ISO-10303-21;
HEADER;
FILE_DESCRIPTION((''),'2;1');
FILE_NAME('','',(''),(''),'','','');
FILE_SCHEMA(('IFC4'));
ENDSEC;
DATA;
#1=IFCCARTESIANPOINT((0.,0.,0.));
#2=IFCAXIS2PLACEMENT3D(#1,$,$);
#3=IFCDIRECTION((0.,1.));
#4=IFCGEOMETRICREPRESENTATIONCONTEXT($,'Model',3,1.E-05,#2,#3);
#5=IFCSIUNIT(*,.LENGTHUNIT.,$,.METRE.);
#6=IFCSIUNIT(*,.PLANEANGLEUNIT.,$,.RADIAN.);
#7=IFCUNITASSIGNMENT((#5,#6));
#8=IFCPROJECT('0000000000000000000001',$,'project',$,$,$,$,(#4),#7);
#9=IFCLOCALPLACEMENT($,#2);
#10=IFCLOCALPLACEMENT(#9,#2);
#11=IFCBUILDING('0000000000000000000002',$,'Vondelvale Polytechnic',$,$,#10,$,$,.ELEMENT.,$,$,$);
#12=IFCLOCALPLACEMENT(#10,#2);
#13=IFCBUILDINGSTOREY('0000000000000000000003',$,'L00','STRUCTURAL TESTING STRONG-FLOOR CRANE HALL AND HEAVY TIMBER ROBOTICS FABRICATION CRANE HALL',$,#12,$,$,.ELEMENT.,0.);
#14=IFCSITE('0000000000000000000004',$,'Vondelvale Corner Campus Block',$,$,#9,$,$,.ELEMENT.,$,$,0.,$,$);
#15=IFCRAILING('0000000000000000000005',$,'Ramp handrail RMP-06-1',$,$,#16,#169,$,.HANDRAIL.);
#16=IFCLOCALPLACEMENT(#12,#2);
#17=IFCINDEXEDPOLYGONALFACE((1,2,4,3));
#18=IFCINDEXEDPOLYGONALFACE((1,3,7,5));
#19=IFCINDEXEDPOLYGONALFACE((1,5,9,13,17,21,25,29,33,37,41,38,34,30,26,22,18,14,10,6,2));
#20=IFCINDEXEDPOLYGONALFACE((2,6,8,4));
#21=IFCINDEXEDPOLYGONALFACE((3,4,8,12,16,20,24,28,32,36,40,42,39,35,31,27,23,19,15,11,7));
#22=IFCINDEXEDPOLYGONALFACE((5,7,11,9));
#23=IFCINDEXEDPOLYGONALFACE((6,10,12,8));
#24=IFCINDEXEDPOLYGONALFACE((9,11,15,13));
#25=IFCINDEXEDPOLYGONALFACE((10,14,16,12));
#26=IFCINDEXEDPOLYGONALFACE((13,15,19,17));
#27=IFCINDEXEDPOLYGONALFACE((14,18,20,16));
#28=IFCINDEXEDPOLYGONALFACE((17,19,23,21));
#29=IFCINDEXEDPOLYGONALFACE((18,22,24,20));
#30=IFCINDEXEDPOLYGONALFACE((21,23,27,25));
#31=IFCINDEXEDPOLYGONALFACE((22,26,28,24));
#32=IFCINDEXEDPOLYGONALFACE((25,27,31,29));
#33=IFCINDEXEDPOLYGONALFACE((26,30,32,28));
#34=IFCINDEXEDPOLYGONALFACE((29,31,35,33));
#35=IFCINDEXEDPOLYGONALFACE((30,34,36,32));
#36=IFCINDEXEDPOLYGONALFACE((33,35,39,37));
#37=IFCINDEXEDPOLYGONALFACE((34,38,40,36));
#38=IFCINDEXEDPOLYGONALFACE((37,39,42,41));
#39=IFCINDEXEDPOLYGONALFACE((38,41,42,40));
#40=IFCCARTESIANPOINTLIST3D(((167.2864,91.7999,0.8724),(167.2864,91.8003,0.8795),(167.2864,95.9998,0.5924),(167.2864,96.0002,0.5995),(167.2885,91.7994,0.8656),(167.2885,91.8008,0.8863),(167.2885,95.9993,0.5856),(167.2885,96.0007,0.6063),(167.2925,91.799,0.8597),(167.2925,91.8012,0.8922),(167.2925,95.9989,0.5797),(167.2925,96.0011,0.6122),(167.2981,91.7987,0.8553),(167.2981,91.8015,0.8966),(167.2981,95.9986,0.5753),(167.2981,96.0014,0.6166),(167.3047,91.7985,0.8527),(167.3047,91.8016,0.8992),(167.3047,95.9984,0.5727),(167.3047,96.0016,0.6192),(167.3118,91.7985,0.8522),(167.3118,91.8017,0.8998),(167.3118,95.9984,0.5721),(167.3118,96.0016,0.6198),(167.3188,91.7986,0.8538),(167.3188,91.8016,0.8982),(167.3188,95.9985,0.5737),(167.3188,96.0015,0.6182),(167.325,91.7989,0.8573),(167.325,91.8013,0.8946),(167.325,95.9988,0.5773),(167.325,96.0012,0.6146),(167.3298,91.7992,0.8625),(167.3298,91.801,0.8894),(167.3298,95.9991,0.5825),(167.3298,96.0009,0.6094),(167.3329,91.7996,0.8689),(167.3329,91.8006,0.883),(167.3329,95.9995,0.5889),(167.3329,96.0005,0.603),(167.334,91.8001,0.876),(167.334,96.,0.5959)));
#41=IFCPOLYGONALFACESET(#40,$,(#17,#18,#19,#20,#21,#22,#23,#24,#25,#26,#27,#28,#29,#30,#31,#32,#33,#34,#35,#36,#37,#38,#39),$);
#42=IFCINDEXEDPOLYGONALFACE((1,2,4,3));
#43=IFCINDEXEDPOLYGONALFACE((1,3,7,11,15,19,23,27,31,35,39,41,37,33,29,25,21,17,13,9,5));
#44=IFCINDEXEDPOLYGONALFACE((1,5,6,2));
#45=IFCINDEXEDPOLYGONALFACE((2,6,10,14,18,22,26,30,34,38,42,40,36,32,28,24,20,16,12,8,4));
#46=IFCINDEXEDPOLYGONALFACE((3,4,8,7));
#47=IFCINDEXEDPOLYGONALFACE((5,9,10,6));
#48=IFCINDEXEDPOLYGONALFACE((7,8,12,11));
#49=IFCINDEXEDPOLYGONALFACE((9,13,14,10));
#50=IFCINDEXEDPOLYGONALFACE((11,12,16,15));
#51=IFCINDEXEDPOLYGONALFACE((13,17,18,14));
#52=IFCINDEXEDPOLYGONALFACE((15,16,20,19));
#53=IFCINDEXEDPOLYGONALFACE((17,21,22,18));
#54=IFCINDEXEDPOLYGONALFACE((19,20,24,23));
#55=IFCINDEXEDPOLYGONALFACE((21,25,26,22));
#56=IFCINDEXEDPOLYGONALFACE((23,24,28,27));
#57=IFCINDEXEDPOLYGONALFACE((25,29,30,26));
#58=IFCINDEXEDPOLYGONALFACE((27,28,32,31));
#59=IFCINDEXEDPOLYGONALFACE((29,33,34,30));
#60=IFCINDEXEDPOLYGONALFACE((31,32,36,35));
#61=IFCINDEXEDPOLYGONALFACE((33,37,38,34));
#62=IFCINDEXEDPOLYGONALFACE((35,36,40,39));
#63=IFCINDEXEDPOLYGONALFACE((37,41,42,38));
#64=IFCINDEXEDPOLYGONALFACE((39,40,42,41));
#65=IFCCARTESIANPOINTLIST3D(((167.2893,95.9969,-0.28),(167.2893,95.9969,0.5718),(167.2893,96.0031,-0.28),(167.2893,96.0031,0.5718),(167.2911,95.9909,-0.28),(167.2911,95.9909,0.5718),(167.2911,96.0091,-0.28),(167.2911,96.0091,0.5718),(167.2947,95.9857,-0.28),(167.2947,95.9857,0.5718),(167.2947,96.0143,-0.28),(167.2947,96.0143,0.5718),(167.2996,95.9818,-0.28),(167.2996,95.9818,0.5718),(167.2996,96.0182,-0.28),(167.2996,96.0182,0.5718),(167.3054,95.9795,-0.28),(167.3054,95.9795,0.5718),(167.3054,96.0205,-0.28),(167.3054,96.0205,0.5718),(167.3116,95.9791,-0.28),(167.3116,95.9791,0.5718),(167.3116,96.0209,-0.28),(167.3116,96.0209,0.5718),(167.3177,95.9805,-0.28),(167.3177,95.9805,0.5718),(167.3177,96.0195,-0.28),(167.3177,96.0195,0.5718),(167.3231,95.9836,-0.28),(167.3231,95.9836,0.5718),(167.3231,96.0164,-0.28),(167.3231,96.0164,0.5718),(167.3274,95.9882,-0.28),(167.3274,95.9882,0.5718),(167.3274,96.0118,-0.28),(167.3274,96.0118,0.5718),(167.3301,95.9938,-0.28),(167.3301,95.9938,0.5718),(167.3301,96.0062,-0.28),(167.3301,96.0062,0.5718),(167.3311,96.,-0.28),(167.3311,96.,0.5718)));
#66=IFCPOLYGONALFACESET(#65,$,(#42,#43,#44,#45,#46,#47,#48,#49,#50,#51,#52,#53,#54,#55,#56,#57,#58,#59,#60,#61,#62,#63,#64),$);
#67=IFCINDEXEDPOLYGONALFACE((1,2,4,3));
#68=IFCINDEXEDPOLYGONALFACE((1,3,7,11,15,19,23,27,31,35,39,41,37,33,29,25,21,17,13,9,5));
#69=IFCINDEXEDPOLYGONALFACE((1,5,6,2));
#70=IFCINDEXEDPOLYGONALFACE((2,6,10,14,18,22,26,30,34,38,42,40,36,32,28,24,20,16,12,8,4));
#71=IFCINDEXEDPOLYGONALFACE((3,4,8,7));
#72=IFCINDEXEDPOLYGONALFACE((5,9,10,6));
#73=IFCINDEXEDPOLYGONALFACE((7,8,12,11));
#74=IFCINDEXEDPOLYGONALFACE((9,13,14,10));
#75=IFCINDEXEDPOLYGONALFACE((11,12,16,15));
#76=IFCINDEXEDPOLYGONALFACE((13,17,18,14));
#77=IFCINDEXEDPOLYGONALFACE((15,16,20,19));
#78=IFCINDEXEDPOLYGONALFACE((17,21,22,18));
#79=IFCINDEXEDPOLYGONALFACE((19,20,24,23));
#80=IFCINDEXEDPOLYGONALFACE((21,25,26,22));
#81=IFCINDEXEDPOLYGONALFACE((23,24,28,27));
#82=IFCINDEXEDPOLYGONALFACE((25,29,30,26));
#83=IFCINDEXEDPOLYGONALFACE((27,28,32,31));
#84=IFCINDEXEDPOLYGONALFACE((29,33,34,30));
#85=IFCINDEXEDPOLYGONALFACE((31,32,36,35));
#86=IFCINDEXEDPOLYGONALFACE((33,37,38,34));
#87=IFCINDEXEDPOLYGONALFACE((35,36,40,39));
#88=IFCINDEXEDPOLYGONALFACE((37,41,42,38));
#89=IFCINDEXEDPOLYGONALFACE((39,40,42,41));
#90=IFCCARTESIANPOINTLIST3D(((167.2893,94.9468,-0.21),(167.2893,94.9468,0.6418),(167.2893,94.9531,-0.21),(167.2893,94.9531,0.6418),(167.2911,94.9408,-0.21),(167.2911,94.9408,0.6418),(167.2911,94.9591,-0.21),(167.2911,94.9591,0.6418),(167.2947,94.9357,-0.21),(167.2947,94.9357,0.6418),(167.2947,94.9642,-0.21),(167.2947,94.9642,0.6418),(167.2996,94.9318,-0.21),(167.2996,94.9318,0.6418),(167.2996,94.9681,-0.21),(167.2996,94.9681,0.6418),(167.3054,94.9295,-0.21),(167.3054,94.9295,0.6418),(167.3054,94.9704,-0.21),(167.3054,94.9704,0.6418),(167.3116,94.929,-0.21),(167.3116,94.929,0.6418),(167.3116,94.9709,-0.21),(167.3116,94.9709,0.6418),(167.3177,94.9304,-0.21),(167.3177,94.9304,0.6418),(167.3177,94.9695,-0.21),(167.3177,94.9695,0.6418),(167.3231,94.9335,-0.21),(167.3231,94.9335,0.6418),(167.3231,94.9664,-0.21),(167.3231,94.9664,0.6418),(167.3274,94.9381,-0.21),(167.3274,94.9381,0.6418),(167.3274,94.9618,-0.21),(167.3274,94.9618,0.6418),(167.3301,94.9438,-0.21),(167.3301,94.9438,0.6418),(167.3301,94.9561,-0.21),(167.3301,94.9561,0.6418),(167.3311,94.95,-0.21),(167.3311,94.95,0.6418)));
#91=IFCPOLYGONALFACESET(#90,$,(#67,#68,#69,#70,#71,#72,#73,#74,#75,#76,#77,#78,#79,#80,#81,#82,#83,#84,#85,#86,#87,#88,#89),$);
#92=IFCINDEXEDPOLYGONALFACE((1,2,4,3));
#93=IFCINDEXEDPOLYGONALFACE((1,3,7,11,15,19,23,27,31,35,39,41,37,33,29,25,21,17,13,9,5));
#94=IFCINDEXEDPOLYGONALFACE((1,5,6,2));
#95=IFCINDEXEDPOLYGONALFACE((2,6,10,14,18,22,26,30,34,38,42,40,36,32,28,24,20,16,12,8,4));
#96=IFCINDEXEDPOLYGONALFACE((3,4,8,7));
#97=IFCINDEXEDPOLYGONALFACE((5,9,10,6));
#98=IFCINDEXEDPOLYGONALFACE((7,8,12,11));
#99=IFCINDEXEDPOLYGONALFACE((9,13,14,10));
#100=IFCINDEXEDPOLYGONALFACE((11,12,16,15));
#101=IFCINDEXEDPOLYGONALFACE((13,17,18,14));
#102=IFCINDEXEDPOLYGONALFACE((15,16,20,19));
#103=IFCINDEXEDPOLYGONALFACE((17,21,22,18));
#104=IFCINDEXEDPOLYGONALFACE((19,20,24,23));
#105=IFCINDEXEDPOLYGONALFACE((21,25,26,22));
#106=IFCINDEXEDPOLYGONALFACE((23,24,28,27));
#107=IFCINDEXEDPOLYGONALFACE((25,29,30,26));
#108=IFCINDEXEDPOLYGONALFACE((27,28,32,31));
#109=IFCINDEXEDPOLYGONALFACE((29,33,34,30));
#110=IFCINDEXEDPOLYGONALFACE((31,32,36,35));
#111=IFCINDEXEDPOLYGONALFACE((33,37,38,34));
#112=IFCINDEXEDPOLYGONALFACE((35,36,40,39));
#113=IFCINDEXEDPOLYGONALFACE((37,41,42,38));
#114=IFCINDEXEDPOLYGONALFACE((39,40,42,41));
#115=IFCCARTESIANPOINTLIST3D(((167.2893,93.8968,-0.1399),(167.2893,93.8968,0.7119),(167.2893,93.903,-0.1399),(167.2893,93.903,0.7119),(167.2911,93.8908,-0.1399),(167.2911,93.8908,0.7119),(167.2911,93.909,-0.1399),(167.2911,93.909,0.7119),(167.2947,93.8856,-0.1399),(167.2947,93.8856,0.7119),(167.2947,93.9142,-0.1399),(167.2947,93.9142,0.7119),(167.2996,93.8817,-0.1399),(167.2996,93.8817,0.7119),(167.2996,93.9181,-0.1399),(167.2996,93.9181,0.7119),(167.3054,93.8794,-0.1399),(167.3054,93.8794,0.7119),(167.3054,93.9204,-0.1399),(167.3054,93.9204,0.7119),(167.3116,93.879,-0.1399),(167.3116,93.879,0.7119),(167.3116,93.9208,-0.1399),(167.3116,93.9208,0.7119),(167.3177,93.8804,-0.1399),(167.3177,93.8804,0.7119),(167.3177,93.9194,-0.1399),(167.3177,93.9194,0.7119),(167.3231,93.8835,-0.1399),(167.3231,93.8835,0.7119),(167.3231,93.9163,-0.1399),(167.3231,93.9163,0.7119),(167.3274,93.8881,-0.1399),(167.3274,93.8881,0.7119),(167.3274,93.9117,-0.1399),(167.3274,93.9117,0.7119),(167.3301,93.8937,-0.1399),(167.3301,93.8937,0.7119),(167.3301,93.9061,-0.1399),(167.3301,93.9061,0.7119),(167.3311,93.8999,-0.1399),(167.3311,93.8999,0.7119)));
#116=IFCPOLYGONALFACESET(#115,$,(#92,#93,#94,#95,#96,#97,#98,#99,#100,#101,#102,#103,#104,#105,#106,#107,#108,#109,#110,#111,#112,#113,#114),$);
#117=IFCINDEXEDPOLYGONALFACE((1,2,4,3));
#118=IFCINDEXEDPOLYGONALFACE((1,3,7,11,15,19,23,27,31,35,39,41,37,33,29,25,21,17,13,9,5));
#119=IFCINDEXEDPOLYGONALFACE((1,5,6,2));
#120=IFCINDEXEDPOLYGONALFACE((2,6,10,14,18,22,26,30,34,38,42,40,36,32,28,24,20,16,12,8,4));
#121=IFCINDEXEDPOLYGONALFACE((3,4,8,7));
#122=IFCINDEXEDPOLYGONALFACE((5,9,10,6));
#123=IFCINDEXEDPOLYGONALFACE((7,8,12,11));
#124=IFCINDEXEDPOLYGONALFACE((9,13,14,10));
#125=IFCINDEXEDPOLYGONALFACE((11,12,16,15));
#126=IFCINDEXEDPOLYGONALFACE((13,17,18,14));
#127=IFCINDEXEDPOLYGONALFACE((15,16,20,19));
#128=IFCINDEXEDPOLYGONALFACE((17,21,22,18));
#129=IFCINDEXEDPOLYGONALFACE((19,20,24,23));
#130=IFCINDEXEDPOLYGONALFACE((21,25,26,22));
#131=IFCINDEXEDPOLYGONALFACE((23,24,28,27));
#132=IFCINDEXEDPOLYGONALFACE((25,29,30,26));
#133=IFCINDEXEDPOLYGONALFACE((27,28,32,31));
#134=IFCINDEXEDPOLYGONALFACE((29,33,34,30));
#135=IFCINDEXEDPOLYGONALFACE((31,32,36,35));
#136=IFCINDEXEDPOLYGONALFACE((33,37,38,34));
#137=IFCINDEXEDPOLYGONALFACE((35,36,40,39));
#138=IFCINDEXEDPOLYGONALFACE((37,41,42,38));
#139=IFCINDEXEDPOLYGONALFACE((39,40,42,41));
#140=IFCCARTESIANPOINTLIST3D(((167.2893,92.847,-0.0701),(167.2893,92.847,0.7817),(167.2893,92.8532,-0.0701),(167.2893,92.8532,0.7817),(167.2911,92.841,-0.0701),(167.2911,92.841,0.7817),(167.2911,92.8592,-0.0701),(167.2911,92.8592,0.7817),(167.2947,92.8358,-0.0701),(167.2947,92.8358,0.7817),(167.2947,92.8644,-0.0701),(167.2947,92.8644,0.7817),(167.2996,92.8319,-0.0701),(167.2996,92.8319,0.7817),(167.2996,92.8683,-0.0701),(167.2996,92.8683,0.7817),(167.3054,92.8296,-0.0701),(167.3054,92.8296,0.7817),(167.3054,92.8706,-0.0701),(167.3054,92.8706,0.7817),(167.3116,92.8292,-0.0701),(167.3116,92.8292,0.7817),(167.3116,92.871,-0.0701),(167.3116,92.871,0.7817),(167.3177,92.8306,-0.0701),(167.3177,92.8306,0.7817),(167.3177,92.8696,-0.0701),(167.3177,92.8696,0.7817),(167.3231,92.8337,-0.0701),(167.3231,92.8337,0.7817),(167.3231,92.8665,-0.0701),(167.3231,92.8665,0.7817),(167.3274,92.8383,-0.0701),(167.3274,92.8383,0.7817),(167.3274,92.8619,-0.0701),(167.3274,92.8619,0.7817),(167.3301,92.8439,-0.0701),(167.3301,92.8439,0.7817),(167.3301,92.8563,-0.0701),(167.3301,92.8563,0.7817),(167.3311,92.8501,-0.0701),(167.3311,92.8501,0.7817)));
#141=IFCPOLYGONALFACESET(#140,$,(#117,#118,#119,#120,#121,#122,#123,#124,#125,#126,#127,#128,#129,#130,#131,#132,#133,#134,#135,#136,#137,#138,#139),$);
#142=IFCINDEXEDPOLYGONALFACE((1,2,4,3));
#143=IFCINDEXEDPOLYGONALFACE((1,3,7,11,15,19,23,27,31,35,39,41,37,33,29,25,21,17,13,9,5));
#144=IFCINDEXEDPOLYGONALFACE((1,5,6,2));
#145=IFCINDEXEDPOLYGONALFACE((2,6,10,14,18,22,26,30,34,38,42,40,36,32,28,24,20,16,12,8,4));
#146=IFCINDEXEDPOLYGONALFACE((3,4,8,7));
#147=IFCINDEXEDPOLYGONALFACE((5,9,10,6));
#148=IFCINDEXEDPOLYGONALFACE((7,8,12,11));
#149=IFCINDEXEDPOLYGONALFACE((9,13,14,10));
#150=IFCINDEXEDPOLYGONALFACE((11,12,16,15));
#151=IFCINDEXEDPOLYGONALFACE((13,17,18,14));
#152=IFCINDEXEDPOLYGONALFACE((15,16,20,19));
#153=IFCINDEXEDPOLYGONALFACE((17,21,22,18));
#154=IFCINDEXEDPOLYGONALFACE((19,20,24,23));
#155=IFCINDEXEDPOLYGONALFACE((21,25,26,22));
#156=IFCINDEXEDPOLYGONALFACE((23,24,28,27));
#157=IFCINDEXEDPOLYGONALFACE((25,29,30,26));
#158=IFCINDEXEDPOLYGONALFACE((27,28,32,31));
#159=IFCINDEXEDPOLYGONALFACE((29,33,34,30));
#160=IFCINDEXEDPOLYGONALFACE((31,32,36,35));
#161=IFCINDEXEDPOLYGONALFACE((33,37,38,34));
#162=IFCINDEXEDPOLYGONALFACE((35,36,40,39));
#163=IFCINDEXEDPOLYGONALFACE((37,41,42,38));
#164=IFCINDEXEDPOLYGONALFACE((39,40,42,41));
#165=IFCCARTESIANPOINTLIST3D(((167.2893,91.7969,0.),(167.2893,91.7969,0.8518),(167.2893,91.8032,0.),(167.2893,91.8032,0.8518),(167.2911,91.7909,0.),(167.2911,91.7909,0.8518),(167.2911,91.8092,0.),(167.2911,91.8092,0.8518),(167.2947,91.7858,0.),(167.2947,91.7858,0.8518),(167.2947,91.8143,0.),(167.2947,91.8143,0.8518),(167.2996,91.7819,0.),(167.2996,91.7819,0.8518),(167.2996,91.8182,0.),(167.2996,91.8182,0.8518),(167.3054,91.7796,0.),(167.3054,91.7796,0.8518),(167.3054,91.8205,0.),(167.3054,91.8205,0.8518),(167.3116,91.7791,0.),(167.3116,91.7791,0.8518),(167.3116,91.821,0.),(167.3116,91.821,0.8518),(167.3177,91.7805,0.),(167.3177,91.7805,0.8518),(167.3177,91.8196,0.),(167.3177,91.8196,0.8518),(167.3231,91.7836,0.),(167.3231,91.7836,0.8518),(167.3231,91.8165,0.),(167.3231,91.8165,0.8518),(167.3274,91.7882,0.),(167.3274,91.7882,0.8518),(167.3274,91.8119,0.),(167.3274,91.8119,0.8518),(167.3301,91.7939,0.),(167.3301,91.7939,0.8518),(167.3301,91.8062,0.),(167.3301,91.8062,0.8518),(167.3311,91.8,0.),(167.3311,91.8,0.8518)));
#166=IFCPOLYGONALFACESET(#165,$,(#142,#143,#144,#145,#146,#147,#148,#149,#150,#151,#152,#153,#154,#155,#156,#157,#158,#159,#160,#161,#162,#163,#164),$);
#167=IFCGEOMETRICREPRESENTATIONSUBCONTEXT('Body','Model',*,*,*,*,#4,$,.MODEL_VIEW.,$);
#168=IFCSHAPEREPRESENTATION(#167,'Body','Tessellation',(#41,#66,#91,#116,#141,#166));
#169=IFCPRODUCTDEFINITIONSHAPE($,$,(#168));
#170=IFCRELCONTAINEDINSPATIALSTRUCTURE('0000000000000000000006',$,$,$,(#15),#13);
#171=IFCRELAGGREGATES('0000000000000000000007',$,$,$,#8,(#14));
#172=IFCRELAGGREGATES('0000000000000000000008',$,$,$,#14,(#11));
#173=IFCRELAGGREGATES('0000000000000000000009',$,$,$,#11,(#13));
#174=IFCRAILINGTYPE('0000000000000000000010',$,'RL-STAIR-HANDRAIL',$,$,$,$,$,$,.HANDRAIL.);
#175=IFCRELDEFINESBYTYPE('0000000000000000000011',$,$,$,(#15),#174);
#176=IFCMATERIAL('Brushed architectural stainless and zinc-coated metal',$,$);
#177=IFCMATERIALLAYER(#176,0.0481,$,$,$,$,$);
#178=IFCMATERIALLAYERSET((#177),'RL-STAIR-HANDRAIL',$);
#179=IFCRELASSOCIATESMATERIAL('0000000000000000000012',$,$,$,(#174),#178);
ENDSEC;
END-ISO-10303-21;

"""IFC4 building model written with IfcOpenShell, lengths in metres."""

from ifc_helpers import new_model, si_unit, direction, frame, origin, origin_2d, place, context, subcontext, project, spatial, circle, extrude, material, layer, layer_set, type_object, element, save


model = new_model("IFC4")

# Units and contexts
model_context = context("Model", 3, precision=1e-05, world=origin(), true_north=direction((0.0, 1.0)))
body_context = subcontext(model_context, "Body", "Model", "MODEL_VIEW")
ifc_project = project(units=[si_unit("LENGTHUNIT", "METRE"), si_unit("PLANEANGLEUNIT", "RADIAN")], contexts=[model_context])

# Site, building, storey
site_placement = place(None, origin())
site = spatial("IfcSite", under=ifc_project, at=site_placement, Name="Vondelvale Corner Campus Block", CompositionType="ELEMENT", RefElevation=0.0)
building_placement = place(site_placement, origin())
building = spatial("IfcBuilding", under=site, at=building_placement, Name="Vondelvale Polytechnic", CompositionType="ELEMENT")
storey_placement = place(building_placement, origin())
storey = spatial("IfcBuildingStorey", under=building, at=storey_placement, Name="L00", Description="STRUCTURAL TESTING STRONG-FLOOR CRANE HALL AND HEAVY TIMBER ROBOTICS FABRICATION CRANE HALL", CompositionType="ELEMENT", Elevation=0.0)

# Railing
ifc_material_1 = material(Name="Brushed architectural stainless and zinc-coated metal")
ifc_layer_1 = layer(ifc_material_1, 0.0481)
ifc_layer_set_1 = layer_set([ifc_layer_1], Name="RL-STAIR-HANDRAIL")
railing_type = type_object("IfcRailingType", Name="RL-STAIR-HANDRAIL", PredefinedType="HANDRAIL", material=ifc_layer_set_1)
for number, where, name in (
    (1, (167.3101, 96.0, -0.28), "Ramp handrail RMP-06-1"),
):
    element("IfcRailing", number, at=place(storey_placement, frame(where)), inside=storey, type_object=railing_type, Name=name, PredefinedType="HANDRAIL", context=body_context, shape_type="SweptSolid", body=[
        extrude(circle(Radius=0.0239, at=origin_2d()), frame((0.0, 0.0, 0.876), z_axis=(0.0, -0.997785, 0.066527), x_axis=(1.0, 0.0, 0.0)), (0.0, 0.0, 1.0), 4.2092),
        extrude(circle(Radius=0.021, at=origin_2d()), origin(), (0.0, 0.0, 1.0), 0.8518),
        extrude(circle(Radius=0.021, at=origin_2d()), frame((0.0, -1.05, 0.0701)), (0.0, 0.0, 1.0), 0.8518),
        extrude(circle(Radius=0.021, at=origin_2d()), frame((0.0, -2.1001, 0.1401)), (0.0, 0.0, 1.0), 0.8518),
        extrude(circle(Radius=0.021, at=origin_2d()), frame((0.0, -3.1499, 0.21)), (0.0, 0.0, 1.0), 0.8518),
        extrude(circle(Radius=0.021, at=origin_2d()), frame((0.0, -4.2, 0.28)), (0.0, 0.0, 1.0), 0.8518),
    ])

save(model, "model.ifc")
